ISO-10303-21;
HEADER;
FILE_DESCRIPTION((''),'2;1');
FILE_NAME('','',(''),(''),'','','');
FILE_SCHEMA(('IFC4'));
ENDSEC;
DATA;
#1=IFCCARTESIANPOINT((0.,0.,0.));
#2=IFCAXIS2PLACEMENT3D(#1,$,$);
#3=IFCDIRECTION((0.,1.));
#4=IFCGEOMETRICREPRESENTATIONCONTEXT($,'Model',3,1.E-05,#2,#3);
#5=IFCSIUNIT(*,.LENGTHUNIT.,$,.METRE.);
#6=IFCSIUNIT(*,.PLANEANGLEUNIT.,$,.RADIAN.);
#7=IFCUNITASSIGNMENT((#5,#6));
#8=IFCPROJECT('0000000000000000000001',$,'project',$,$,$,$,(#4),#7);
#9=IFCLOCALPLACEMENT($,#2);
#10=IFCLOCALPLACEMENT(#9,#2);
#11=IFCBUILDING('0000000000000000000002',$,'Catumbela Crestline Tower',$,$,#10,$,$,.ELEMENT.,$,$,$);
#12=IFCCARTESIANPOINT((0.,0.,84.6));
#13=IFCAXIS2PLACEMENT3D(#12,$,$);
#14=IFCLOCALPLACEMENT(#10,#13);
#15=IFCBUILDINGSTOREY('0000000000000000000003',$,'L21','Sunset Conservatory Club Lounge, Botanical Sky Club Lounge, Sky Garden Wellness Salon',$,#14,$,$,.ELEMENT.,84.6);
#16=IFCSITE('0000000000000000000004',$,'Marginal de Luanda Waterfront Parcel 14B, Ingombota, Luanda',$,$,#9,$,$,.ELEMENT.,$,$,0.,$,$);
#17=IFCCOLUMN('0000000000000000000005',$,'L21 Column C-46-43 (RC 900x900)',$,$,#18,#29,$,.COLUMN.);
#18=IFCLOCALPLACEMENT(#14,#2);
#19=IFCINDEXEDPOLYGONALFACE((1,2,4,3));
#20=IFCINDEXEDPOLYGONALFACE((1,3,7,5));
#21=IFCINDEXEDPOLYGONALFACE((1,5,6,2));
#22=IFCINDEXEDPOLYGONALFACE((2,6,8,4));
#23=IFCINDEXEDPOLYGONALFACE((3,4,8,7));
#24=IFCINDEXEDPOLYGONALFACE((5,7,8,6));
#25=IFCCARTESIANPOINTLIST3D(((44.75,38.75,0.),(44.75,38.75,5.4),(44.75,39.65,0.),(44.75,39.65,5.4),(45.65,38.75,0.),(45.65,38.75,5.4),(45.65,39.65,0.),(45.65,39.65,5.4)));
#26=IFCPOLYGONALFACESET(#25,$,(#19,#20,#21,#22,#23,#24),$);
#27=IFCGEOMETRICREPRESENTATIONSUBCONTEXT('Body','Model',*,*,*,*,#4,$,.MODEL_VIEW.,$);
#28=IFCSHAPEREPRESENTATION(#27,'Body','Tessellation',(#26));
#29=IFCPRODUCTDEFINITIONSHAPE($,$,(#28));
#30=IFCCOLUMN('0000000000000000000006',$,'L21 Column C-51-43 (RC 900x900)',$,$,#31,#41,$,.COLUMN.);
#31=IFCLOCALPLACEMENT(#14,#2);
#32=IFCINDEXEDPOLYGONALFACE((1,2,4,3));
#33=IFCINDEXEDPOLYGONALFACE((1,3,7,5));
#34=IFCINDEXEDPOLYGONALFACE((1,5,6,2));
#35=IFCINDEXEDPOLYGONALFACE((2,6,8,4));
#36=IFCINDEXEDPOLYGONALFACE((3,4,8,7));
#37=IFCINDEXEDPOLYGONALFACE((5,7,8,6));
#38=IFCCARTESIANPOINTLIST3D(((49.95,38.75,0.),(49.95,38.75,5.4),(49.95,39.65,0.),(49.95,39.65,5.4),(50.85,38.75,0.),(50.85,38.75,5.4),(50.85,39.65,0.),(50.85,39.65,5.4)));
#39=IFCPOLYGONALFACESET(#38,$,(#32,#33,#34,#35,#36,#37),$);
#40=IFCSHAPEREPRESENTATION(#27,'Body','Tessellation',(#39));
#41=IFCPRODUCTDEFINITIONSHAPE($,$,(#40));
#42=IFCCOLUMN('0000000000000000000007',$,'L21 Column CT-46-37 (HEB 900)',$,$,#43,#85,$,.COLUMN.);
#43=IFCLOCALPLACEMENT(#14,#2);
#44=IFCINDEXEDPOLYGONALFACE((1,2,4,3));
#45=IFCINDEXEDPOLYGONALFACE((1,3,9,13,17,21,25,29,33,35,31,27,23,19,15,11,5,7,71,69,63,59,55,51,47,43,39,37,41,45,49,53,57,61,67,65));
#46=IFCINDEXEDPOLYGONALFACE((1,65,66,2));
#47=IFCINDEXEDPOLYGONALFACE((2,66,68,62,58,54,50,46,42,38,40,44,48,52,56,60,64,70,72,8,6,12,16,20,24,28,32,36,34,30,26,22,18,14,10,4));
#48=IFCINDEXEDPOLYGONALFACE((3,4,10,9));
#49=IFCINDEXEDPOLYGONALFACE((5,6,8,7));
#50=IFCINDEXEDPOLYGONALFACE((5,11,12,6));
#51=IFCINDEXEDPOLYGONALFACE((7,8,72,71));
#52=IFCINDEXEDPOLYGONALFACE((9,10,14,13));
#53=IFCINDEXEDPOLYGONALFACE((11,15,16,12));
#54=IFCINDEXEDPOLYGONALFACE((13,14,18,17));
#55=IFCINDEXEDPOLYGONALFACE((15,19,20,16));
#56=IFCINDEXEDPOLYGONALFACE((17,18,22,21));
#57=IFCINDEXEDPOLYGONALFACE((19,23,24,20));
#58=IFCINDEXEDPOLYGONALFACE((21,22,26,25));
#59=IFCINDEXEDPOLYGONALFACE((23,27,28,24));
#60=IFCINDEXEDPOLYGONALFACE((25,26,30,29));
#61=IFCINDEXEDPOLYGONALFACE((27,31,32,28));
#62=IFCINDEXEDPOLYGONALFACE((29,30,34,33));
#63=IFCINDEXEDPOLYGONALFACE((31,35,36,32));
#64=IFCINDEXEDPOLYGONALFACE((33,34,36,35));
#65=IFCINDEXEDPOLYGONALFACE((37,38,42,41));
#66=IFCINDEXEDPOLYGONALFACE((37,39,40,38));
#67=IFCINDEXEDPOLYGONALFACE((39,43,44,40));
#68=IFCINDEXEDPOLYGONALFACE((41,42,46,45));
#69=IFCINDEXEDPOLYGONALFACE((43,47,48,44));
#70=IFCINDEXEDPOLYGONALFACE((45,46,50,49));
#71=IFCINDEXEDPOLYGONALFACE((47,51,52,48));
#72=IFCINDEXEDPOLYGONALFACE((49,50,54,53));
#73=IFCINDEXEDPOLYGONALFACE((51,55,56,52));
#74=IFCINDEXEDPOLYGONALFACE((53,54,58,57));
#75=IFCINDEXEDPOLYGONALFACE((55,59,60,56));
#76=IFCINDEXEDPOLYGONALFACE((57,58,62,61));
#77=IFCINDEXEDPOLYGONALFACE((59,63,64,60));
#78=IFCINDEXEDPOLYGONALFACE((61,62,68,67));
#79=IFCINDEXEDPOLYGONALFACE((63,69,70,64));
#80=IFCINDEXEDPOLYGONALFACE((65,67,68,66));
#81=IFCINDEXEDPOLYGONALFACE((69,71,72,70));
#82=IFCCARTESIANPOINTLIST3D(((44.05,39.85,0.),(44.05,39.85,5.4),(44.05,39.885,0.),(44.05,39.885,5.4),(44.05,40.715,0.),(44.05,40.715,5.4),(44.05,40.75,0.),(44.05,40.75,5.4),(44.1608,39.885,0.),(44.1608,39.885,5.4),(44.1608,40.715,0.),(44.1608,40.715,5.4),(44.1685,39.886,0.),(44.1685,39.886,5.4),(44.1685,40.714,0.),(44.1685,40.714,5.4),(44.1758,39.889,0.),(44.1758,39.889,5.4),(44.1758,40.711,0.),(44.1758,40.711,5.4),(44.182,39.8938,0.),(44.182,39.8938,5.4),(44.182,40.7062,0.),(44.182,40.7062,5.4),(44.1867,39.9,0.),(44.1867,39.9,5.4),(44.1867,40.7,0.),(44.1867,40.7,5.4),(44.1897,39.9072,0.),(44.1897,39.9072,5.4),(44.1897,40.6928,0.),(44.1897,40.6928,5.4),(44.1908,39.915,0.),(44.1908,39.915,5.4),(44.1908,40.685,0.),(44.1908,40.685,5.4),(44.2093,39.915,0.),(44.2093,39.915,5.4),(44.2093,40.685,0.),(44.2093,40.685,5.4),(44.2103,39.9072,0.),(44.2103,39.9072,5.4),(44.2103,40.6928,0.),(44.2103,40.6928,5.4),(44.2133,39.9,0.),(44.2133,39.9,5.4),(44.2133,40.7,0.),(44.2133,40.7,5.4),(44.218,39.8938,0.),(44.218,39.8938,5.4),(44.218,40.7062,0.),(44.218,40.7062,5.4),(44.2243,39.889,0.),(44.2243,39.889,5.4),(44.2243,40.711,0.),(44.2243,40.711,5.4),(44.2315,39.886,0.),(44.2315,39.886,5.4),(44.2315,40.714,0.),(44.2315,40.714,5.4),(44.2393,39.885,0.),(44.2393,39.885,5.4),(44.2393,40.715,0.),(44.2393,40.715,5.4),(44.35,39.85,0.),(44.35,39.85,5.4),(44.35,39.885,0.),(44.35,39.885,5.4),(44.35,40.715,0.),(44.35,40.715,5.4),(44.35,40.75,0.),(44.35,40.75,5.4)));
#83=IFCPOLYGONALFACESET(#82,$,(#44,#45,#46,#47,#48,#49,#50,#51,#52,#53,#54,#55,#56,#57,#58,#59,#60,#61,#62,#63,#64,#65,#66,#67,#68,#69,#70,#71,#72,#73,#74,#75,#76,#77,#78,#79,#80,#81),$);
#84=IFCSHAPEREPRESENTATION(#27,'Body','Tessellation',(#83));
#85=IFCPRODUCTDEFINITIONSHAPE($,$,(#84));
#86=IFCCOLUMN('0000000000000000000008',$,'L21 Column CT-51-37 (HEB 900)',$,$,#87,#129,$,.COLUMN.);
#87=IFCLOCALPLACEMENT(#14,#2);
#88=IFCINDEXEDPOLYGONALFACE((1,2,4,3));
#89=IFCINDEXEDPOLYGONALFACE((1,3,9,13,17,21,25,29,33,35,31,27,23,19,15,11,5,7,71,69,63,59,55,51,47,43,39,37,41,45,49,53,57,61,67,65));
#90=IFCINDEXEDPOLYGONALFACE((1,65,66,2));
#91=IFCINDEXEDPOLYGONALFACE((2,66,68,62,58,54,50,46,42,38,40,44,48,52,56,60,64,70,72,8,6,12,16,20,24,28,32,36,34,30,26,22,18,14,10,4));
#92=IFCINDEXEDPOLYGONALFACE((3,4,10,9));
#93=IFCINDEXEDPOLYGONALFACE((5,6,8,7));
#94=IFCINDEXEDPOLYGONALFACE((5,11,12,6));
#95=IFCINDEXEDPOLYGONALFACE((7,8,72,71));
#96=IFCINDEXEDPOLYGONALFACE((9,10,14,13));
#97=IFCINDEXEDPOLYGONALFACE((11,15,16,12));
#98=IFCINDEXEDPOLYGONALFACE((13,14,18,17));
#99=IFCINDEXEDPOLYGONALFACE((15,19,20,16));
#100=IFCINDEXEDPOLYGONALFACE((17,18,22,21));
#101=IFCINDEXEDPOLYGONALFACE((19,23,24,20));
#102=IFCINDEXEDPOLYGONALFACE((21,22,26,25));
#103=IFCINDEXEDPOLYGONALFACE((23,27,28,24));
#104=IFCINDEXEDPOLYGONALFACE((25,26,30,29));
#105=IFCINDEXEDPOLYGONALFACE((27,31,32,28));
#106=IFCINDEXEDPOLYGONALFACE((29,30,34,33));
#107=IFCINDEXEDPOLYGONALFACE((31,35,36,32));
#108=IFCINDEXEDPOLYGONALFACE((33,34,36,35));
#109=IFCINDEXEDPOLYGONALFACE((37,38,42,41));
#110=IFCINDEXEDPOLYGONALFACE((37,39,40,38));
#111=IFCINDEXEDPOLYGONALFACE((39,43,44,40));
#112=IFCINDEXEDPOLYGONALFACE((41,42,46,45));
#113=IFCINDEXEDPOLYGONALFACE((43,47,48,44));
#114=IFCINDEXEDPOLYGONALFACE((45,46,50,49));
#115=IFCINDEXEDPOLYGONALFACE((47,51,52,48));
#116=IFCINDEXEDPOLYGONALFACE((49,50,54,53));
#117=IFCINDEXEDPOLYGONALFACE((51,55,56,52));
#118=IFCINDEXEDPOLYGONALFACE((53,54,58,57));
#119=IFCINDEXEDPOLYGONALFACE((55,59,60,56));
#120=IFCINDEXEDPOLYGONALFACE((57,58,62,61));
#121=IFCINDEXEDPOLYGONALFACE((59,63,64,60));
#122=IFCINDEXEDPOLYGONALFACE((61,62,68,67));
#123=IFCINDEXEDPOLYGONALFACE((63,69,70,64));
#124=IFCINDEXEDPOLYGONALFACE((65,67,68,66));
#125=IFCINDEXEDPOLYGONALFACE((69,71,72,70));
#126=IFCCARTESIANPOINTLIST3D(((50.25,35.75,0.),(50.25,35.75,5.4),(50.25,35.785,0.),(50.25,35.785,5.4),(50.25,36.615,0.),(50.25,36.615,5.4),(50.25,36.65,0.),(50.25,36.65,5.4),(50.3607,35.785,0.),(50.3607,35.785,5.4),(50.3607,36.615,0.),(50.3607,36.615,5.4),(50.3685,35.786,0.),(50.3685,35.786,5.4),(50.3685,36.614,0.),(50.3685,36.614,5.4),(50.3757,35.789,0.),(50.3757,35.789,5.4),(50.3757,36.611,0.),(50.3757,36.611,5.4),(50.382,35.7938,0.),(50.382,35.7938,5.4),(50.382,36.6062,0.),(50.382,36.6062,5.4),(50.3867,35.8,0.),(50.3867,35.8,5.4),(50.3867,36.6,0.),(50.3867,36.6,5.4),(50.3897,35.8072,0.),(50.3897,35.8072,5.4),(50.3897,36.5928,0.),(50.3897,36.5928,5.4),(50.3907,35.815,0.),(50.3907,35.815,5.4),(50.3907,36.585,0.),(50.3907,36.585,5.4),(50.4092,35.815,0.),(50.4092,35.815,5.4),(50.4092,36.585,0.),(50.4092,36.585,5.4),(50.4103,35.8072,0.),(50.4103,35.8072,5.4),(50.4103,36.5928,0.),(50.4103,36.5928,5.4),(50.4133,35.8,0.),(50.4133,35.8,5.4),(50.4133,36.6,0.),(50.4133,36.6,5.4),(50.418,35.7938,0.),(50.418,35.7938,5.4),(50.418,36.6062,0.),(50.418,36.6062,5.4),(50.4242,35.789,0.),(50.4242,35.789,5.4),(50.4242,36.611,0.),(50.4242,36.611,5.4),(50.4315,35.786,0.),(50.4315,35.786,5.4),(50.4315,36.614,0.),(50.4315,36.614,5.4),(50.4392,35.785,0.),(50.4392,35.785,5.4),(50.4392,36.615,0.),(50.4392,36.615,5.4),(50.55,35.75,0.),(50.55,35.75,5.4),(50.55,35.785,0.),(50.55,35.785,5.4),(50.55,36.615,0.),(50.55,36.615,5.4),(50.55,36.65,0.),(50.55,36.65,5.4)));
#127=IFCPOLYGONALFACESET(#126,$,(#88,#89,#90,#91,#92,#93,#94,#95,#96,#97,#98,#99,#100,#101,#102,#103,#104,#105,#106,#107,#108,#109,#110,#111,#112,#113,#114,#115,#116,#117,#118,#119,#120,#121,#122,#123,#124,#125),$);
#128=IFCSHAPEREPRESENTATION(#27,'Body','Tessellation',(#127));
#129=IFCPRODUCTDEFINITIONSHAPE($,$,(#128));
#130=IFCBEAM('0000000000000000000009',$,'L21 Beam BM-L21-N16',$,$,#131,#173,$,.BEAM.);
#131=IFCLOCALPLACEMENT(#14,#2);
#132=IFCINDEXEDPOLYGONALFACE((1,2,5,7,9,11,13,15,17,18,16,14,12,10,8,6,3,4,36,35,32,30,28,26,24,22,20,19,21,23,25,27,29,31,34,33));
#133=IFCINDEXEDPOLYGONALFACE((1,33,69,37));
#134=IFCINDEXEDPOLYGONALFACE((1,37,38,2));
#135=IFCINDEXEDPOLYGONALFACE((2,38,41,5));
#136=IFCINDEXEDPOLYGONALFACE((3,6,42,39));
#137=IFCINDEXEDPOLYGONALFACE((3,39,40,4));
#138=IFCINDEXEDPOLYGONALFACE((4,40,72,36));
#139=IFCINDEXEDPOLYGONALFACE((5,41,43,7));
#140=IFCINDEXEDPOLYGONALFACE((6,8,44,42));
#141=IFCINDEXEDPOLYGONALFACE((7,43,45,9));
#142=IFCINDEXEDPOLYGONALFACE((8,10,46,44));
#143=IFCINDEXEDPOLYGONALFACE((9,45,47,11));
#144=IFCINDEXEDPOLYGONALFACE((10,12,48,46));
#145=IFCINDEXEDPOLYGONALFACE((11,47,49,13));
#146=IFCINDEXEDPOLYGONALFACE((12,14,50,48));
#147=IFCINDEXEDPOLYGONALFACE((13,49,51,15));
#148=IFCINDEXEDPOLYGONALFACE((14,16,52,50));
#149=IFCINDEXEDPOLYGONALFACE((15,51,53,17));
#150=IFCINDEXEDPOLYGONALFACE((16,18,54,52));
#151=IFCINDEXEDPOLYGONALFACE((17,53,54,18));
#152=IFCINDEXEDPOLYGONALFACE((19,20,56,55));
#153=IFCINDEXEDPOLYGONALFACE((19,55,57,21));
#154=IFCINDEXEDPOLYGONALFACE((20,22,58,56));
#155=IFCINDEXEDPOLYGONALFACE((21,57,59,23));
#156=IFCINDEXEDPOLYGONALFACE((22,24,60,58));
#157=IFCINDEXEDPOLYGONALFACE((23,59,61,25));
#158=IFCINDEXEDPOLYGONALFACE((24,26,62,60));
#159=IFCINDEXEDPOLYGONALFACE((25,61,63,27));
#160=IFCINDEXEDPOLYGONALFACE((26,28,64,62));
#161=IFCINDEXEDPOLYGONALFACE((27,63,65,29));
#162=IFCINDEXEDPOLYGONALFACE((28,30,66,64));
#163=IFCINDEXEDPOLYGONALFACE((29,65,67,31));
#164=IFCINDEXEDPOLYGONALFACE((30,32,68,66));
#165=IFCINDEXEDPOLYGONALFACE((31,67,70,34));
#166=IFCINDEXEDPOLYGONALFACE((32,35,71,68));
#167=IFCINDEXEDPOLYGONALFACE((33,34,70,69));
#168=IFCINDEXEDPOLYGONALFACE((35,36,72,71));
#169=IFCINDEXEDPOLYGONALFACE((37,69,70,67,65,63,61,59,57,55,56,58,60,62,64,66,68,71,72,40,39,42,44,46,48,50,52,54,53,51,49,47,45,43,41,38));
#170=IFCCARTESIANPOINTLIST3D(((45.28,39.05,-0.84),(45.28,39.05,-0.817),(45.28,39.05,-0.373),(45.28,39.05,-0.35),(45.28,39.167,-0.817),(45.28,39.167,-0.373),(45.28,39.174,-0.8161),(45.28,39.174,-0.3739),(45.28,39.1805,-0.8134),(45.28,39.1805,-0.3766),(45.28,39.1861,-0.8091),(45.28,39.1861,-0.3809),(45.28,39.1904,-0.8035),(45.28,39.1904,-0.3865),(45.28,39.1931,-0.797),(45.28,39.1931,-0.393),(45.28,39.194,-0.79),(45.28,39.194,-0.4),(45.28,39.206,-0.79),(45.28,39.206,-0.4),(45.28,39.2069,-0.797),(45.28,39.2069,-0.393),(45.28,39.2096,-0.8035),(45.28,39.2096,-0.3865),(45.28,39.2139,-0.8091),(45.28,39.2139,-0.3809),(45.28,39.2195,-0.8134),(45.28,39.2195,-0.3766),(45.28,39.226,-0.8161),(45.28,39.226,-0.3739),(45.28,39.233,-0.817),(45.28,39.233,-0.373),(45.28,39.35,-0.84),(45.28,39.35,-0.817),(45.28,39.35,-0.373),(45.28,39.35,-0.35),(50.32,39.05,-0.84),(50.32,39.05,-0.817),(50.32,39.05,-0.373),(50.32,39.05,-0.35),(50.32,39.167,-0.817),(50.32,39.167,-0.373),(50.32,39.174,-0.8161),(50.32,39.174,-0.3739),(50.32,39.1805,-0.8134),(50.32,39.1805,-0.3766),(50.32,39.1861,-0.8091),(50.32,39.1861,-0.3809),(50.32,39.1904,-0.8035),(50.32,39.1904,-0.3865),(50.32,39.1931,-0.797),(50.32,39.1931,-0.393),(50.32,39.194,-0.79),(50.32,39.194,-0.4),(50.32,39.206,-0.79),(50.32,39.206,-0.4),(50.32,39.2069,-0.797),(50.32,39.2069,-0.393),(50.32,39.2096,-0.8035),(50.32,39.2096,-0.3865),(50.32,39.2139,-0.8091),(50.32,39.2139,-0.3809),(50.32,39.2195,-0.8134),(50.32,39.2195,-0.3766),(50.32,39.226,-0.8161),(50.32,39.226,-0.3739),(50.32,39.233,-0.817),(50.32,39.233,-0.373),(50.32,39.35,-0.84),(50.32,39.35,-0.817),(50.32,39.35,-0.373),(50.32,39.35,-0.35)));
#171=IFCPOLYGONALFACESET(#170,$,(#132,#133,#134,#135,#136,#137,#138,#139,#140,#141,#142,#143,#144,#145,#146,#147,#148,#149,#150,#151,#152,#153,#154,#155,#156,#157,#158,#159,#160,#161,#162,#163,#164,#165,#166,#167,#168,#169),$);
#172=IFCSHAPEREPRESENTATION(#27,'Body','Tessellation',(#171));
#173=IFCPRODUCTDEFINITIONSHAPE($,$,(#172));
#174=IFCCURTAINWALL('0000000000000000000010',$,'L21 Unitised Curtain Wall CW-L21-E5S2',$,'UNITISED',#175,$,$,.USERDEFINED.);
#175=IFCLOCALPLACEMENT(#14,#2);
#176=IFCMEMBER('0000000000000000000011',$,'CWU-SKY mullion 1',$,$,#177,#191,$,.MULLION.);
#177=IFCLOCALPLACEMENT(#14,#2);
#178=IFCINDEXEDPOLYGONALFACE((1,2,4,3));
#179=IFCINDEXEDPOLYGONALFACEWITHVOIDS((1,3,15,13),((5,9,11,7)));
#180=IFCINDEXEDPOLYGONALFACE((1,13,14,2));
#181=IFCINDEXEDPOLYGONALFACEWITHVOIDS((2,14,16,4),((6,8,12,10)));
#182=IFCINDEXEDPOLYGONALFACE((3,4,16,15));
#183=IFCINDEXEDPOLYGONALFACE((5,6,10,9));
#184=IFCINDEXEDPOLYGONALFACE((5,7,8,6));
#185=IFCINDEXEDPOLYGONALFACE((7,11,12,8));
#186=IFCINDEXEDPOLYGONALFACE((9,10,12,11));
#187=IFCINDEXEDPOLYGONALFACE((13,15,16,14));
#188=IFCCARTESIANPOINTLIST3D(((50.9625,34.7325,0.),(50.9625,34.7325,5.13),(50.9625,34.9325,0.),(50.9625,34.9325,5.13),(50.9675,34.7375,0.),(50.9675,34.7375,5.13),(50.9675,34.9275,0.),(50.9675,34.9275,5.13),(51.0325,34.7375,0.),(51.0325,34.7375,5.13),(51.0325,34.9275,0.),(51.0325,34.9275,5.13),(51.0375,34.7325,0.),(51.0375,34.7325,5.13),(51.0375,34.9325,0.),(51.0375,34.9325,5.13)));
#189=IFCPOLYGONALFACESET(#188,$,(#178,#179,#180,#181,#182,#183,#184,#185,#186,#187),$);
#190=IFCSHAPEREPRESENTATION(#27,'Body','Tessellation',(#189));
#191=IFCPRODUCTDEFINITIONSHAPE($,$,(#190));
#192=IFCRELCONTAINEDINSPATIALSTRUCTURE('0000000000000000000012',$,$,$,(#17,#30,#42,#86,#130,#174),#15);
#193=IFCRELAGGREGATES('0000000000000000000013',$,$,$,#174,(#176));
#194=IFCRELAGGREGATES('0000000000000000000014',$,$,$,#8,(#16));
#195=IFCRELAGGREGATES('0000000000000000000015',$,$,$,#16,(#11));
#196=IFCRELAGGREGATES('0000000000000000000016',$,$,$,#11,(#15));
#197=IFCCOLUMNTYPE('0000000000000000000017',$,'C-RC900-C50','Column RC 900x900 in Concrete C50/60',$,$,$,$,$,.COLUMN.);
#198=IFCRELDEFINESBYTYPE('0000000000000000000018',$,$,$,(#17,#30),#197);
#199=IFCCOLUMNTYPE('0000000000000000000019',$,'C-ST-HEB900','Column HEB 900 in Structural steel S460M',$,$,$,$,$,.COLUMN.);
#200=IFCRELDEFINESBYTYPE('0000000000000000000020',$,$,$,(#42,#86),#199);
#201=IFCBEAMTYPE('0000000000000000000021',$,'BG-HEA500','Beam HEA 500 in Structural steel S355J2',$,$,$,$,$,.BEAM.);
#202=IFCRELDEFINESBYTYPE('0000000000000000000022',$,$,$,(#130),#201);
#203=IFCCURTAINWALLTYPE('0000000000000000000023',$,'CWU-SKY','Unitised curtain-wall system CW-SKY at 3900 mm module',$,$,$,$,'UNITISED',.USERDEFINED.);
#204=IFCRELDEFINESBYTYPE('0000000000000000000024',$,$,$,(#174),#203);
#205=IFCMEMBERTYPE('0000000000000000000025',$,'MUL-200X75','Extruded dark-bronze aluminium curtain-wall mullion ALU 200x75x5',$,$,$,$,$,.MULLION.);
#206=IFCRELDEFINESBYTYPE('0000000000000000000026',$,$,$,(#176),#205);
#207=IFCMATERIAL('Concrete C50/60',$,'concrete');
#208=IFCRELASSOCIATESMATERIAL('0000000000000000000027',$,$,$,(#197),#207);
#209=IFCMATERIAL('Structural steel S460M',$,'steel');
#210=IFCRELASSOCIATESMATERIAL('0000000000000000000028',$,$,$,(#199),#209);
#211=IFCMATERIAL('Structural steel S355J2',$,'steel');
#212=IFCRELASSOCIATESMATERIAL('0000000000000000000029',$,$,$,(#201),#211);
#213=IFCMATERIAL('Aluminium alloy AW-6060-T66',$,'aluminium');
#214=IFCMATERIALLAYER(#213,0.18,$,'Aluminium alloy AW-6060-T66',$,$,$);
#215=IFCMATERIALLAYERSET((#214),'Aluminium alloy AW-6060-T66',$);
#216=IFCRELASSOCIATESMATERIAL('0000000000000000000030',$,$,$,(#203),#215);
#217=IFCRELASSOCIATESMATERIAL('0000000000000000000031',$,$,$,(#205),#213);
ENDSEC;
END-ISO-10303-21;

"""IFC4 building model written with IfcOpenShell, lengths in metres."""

from ifc_helpers import new_model, si_unit, direction, frame, origin, origin_2d, place, context, subcontext, project, spatial, rectangle, hollow_rectangle, i_section, extrude, material, layer, layer_set, material_profile, profile_set, type_object, element, aggregate, save


model = new_model("IFC4")

# Units and contexts
model_context = context("Model", 3, precision=1e-05, world=origin(), true_north=direction((0.0, 1.0)))
body_context = subcontext(model_context, "Body", "Model", "MODEL_VIEW")
ifc_project = project(units=[si_unit("LENGTHUNIT", "METRE"), si_unit("PLANEANGLEUNIT", "RADIAN")], contexts=[model_context])

# Site, building, storey
site_placement = place(None, origin())
site = spatial("IfcSite", under=ifc_project, at=site_placement, Name="Marginal de Luanda Waterfront Parcel 14B, Ingombota, Luanda", CompositionType="ELEMENT", RefElevation=0.0)
building_placement = place(site_placement, origin())
building = spatial("IfcBuilding", under=site, at=building_placement, Name="Catumbela Crestline Tower", CompositionType="ELEMENT")
storey_placement = place(building_placement, frame((0.0, 0.0, 84.6)))
storey = spatial("IfcBuildingStorey", under=building, at=storey_placement, Name="L21", Description="Sunset Conservatory Club Lounge, Botanical Sky Club Lounge, Sky Garden Wellness Salon", CompositionType="ELEMENT", Elevation=84.6)

# Columns
ifc_material_1 = material(Name="Concrete C50/60", Category="concrete")
ifc_material_profile_1 = material_profile(ifc_material_1, rectangle(XDim=0.9, YDim=0.9, at=origin_2d()), Name="RC 900x900")
ifc_profile_set_1 = profile_set([ifc_material_profile_1], Name="Concrete C50/60")
column_type_1 = type_object("IfcColumnType", Name="C-RC900-C50", Description="Column RC 900x900 in Concrete C50/60", PredefinedType="COLUMN", material=ifc_profile_set_1)
for number, where, z_axis, x_axis, name in (
    (1, (45.2, 39.2, 0.0), (0.0, 0.0, 1.0), (1.0, 0.0, 0.0), "L21 Column C-46-43 (RC 900x900)"),
    (2, (50.4, 39.2, 0.0), (0.0, 0.0, 1.0), (1.0, 0.0, 0.0), "L21 Column C-51-43 (RC 900x900)"),
):
    element("IfcColumn", number, at=place(storey_placement, frame(where, z_axis=z_axis, x_axis=x_axis)), inside=storey, type_object=column_type_1, Name=name, PredefinedType="COLUMN", context=body_context, shape_type="SweptSolid", body=[
        extrude(rectangle(XDim=0.9, YDim=0.9, at=origin_2d()), origin(), (0.0, 0.0, 1.0), 5.4),
    ])
ifc_material_2 = material(Name="Structural steel S460M", Category="steel")
ifc_material_profile_2 = material_profile(ifc_material_2, i_section(OverallWidth=0.3, OverallDepth=0.9, WebThickness=0.0185, FlangeThickness=0.035, FilletRadius=0.03, at=origin_2d()), Name="HEB 900")
ifc_profile_set_2 = profile_set([ifc_material_profile_2], Name="Structural steel S460M")
column_type_2 = type_object("IfcColumnType", Name="C-ST-HEB900", Description="Column HEB 900 in Structural steel S460M", PredefinedType="COLUMN", material=ifc_profile_set_2)
for number, where, z_axis, x_axis, name in (
    (3, (44.2, 40.3, 0.0), (0.0, 0.0, 1.0), (1.0, 0.0, 0.0), "L21 Column CT-46-37 (HEB 900)"),
    (4, (50.4, 36.2, 0.0), (0.0, 0.0, 1.0), (1.0, 0.0, 0.0), "L21 Column CT-51-37 (HEB 900)"),
):
    element("IfcColumn", number, at=place(storey_placement, frame(where, z_axis=z_axis, x_axis=x_axis)), inside=storey, type_object=column_type_2, Name=name, PredefinedType="COLUMN", context=body_context, shape_type="SweptSolid", body=[
        extrude(i_section(OverallWidth=0.3, OverallDepth=0.9, WebThickness=0.0185, FlangeThickness=0.035, FilletRadius=0.03, at=origin_2d()), origin(), (0.0, 0.0, 1.0), 5.4),
    ])

# Beam
ifc_material_3 = material(Name="Structural steel S355J2", Category="steel")
ifc_material_profile_3 = material_profile(ifc_material_3, i_section(OverallWidth=0.3, OverallDepth=0.49, WebThickness=0.012, FlangeThickness=0.023, FilletRadius=0.027, at=origin_2d()), Name="HEA 500")
ifc_profile_set_3 = profile_set([ifc_material_profile_3], Name="Structural steel S355J2")
beam_type_1 = type_object("IfcBeamType", Name="BG-HEA500", Description="Beam HEA 500 in Structural steel S355J2", PredefinedType="BEAM", material=ifc_profile_set_3)
beam_1_placement = place(storey_placement, frame((45.28, 39.2, -0.595), z_axis=(1.0, 0.0, 0.0), x_axis=(0.0, 1.0, 0.0)))
element("IfcBeam", 5, at=beam_1_placement, inside=storey, type_object=beam_type_1, Name="L21 Beam BM-L21-N16", PredefinedType="BEAM", context=body_context, shape_type="SweptSolid", body=[
    extrude(i_section(OverallWidth=0.3, OverallDepth=0.49, WebThickness=0.012, FlangeThickness=0.023, FilletRadius=0.027, at=origin_2d()), origin(), (0.0, 0.0, 1.0), 5.04),
])

# Curtain wall, member
ifc_material_4 = material(Name="Aluminium alloy AW-6060-T66", Category="aluminium")
ifc_layer_1 = layer(ifc_material_4, 0.18, Name="Aluminium alloy AW-6060-T66")
ifc_layer_set_1 = layer_set([ifc_layer_1], Name="Aluminium alloy AW-6060-T66")
curtain_wall_type = type_object("IfcCurtainWallType", Name="CWU-SKY", Description="Unitised curtain-wall system CW-SKY at 3900 mm module", ElementType="UNITISED", PredefinedType="USERDEFINED", material=ifc_layer_set_1)
curtain_wall_placement = place(storey_placement, origin())
curtain_wall = element("IfcCurtainWall", 6, at=curtain_wall_placement, inside=storey, type_object=curtain_wall_type, Name="L21 Unitised Curtain Wall CW-L21-E5S2", ObjectType="UNITISED", PredefinedType="USERDEFINED")
ifc_material_profile_4 = material_profile(ifc_material_4, hollow_rectangle(XDim=0.075, YDim=0.2, WallThickness=0.005, at=origin_2d()), Name="ALU 200x75x5")
ifc_profile_set_4 = profile_set([ifc_material_profile_4], Name="Aluminium alloy AW-6060-T66")
member_type_1 = type_object("IfcMemberType", Name="MUL-200X75", Description="Extruded dark-bronze aluminium curtain-wall mullion ALU 200x75x5", PredefinedType="MULLION", material=ifc_profile_set_4)
member_1_placement = place(storey_placement, frame((51.0, 34.8325, 0.0), z_axis=(0.0, 0.0, 1.0), x_axis=(-1.0, 0.0, 0.0)))
member_1 = element("IfcMember", 7, at=member_1_placement, type_object=member_type_1, Name="CWU-SKY mullion 1", PredefinedType="MULLION", context=body_context, shape_type="SweptSolid", body=[
    extrude(hollow_rectangle(XDim=0.075, YDim=0.2, WallThickness=0.005, at=origin_2d()), origin(), (0.0, 0.0, 1.0), 5.13),
])

aggregate(curtain_wall, [member_1])

save(model, "model.ifc")
